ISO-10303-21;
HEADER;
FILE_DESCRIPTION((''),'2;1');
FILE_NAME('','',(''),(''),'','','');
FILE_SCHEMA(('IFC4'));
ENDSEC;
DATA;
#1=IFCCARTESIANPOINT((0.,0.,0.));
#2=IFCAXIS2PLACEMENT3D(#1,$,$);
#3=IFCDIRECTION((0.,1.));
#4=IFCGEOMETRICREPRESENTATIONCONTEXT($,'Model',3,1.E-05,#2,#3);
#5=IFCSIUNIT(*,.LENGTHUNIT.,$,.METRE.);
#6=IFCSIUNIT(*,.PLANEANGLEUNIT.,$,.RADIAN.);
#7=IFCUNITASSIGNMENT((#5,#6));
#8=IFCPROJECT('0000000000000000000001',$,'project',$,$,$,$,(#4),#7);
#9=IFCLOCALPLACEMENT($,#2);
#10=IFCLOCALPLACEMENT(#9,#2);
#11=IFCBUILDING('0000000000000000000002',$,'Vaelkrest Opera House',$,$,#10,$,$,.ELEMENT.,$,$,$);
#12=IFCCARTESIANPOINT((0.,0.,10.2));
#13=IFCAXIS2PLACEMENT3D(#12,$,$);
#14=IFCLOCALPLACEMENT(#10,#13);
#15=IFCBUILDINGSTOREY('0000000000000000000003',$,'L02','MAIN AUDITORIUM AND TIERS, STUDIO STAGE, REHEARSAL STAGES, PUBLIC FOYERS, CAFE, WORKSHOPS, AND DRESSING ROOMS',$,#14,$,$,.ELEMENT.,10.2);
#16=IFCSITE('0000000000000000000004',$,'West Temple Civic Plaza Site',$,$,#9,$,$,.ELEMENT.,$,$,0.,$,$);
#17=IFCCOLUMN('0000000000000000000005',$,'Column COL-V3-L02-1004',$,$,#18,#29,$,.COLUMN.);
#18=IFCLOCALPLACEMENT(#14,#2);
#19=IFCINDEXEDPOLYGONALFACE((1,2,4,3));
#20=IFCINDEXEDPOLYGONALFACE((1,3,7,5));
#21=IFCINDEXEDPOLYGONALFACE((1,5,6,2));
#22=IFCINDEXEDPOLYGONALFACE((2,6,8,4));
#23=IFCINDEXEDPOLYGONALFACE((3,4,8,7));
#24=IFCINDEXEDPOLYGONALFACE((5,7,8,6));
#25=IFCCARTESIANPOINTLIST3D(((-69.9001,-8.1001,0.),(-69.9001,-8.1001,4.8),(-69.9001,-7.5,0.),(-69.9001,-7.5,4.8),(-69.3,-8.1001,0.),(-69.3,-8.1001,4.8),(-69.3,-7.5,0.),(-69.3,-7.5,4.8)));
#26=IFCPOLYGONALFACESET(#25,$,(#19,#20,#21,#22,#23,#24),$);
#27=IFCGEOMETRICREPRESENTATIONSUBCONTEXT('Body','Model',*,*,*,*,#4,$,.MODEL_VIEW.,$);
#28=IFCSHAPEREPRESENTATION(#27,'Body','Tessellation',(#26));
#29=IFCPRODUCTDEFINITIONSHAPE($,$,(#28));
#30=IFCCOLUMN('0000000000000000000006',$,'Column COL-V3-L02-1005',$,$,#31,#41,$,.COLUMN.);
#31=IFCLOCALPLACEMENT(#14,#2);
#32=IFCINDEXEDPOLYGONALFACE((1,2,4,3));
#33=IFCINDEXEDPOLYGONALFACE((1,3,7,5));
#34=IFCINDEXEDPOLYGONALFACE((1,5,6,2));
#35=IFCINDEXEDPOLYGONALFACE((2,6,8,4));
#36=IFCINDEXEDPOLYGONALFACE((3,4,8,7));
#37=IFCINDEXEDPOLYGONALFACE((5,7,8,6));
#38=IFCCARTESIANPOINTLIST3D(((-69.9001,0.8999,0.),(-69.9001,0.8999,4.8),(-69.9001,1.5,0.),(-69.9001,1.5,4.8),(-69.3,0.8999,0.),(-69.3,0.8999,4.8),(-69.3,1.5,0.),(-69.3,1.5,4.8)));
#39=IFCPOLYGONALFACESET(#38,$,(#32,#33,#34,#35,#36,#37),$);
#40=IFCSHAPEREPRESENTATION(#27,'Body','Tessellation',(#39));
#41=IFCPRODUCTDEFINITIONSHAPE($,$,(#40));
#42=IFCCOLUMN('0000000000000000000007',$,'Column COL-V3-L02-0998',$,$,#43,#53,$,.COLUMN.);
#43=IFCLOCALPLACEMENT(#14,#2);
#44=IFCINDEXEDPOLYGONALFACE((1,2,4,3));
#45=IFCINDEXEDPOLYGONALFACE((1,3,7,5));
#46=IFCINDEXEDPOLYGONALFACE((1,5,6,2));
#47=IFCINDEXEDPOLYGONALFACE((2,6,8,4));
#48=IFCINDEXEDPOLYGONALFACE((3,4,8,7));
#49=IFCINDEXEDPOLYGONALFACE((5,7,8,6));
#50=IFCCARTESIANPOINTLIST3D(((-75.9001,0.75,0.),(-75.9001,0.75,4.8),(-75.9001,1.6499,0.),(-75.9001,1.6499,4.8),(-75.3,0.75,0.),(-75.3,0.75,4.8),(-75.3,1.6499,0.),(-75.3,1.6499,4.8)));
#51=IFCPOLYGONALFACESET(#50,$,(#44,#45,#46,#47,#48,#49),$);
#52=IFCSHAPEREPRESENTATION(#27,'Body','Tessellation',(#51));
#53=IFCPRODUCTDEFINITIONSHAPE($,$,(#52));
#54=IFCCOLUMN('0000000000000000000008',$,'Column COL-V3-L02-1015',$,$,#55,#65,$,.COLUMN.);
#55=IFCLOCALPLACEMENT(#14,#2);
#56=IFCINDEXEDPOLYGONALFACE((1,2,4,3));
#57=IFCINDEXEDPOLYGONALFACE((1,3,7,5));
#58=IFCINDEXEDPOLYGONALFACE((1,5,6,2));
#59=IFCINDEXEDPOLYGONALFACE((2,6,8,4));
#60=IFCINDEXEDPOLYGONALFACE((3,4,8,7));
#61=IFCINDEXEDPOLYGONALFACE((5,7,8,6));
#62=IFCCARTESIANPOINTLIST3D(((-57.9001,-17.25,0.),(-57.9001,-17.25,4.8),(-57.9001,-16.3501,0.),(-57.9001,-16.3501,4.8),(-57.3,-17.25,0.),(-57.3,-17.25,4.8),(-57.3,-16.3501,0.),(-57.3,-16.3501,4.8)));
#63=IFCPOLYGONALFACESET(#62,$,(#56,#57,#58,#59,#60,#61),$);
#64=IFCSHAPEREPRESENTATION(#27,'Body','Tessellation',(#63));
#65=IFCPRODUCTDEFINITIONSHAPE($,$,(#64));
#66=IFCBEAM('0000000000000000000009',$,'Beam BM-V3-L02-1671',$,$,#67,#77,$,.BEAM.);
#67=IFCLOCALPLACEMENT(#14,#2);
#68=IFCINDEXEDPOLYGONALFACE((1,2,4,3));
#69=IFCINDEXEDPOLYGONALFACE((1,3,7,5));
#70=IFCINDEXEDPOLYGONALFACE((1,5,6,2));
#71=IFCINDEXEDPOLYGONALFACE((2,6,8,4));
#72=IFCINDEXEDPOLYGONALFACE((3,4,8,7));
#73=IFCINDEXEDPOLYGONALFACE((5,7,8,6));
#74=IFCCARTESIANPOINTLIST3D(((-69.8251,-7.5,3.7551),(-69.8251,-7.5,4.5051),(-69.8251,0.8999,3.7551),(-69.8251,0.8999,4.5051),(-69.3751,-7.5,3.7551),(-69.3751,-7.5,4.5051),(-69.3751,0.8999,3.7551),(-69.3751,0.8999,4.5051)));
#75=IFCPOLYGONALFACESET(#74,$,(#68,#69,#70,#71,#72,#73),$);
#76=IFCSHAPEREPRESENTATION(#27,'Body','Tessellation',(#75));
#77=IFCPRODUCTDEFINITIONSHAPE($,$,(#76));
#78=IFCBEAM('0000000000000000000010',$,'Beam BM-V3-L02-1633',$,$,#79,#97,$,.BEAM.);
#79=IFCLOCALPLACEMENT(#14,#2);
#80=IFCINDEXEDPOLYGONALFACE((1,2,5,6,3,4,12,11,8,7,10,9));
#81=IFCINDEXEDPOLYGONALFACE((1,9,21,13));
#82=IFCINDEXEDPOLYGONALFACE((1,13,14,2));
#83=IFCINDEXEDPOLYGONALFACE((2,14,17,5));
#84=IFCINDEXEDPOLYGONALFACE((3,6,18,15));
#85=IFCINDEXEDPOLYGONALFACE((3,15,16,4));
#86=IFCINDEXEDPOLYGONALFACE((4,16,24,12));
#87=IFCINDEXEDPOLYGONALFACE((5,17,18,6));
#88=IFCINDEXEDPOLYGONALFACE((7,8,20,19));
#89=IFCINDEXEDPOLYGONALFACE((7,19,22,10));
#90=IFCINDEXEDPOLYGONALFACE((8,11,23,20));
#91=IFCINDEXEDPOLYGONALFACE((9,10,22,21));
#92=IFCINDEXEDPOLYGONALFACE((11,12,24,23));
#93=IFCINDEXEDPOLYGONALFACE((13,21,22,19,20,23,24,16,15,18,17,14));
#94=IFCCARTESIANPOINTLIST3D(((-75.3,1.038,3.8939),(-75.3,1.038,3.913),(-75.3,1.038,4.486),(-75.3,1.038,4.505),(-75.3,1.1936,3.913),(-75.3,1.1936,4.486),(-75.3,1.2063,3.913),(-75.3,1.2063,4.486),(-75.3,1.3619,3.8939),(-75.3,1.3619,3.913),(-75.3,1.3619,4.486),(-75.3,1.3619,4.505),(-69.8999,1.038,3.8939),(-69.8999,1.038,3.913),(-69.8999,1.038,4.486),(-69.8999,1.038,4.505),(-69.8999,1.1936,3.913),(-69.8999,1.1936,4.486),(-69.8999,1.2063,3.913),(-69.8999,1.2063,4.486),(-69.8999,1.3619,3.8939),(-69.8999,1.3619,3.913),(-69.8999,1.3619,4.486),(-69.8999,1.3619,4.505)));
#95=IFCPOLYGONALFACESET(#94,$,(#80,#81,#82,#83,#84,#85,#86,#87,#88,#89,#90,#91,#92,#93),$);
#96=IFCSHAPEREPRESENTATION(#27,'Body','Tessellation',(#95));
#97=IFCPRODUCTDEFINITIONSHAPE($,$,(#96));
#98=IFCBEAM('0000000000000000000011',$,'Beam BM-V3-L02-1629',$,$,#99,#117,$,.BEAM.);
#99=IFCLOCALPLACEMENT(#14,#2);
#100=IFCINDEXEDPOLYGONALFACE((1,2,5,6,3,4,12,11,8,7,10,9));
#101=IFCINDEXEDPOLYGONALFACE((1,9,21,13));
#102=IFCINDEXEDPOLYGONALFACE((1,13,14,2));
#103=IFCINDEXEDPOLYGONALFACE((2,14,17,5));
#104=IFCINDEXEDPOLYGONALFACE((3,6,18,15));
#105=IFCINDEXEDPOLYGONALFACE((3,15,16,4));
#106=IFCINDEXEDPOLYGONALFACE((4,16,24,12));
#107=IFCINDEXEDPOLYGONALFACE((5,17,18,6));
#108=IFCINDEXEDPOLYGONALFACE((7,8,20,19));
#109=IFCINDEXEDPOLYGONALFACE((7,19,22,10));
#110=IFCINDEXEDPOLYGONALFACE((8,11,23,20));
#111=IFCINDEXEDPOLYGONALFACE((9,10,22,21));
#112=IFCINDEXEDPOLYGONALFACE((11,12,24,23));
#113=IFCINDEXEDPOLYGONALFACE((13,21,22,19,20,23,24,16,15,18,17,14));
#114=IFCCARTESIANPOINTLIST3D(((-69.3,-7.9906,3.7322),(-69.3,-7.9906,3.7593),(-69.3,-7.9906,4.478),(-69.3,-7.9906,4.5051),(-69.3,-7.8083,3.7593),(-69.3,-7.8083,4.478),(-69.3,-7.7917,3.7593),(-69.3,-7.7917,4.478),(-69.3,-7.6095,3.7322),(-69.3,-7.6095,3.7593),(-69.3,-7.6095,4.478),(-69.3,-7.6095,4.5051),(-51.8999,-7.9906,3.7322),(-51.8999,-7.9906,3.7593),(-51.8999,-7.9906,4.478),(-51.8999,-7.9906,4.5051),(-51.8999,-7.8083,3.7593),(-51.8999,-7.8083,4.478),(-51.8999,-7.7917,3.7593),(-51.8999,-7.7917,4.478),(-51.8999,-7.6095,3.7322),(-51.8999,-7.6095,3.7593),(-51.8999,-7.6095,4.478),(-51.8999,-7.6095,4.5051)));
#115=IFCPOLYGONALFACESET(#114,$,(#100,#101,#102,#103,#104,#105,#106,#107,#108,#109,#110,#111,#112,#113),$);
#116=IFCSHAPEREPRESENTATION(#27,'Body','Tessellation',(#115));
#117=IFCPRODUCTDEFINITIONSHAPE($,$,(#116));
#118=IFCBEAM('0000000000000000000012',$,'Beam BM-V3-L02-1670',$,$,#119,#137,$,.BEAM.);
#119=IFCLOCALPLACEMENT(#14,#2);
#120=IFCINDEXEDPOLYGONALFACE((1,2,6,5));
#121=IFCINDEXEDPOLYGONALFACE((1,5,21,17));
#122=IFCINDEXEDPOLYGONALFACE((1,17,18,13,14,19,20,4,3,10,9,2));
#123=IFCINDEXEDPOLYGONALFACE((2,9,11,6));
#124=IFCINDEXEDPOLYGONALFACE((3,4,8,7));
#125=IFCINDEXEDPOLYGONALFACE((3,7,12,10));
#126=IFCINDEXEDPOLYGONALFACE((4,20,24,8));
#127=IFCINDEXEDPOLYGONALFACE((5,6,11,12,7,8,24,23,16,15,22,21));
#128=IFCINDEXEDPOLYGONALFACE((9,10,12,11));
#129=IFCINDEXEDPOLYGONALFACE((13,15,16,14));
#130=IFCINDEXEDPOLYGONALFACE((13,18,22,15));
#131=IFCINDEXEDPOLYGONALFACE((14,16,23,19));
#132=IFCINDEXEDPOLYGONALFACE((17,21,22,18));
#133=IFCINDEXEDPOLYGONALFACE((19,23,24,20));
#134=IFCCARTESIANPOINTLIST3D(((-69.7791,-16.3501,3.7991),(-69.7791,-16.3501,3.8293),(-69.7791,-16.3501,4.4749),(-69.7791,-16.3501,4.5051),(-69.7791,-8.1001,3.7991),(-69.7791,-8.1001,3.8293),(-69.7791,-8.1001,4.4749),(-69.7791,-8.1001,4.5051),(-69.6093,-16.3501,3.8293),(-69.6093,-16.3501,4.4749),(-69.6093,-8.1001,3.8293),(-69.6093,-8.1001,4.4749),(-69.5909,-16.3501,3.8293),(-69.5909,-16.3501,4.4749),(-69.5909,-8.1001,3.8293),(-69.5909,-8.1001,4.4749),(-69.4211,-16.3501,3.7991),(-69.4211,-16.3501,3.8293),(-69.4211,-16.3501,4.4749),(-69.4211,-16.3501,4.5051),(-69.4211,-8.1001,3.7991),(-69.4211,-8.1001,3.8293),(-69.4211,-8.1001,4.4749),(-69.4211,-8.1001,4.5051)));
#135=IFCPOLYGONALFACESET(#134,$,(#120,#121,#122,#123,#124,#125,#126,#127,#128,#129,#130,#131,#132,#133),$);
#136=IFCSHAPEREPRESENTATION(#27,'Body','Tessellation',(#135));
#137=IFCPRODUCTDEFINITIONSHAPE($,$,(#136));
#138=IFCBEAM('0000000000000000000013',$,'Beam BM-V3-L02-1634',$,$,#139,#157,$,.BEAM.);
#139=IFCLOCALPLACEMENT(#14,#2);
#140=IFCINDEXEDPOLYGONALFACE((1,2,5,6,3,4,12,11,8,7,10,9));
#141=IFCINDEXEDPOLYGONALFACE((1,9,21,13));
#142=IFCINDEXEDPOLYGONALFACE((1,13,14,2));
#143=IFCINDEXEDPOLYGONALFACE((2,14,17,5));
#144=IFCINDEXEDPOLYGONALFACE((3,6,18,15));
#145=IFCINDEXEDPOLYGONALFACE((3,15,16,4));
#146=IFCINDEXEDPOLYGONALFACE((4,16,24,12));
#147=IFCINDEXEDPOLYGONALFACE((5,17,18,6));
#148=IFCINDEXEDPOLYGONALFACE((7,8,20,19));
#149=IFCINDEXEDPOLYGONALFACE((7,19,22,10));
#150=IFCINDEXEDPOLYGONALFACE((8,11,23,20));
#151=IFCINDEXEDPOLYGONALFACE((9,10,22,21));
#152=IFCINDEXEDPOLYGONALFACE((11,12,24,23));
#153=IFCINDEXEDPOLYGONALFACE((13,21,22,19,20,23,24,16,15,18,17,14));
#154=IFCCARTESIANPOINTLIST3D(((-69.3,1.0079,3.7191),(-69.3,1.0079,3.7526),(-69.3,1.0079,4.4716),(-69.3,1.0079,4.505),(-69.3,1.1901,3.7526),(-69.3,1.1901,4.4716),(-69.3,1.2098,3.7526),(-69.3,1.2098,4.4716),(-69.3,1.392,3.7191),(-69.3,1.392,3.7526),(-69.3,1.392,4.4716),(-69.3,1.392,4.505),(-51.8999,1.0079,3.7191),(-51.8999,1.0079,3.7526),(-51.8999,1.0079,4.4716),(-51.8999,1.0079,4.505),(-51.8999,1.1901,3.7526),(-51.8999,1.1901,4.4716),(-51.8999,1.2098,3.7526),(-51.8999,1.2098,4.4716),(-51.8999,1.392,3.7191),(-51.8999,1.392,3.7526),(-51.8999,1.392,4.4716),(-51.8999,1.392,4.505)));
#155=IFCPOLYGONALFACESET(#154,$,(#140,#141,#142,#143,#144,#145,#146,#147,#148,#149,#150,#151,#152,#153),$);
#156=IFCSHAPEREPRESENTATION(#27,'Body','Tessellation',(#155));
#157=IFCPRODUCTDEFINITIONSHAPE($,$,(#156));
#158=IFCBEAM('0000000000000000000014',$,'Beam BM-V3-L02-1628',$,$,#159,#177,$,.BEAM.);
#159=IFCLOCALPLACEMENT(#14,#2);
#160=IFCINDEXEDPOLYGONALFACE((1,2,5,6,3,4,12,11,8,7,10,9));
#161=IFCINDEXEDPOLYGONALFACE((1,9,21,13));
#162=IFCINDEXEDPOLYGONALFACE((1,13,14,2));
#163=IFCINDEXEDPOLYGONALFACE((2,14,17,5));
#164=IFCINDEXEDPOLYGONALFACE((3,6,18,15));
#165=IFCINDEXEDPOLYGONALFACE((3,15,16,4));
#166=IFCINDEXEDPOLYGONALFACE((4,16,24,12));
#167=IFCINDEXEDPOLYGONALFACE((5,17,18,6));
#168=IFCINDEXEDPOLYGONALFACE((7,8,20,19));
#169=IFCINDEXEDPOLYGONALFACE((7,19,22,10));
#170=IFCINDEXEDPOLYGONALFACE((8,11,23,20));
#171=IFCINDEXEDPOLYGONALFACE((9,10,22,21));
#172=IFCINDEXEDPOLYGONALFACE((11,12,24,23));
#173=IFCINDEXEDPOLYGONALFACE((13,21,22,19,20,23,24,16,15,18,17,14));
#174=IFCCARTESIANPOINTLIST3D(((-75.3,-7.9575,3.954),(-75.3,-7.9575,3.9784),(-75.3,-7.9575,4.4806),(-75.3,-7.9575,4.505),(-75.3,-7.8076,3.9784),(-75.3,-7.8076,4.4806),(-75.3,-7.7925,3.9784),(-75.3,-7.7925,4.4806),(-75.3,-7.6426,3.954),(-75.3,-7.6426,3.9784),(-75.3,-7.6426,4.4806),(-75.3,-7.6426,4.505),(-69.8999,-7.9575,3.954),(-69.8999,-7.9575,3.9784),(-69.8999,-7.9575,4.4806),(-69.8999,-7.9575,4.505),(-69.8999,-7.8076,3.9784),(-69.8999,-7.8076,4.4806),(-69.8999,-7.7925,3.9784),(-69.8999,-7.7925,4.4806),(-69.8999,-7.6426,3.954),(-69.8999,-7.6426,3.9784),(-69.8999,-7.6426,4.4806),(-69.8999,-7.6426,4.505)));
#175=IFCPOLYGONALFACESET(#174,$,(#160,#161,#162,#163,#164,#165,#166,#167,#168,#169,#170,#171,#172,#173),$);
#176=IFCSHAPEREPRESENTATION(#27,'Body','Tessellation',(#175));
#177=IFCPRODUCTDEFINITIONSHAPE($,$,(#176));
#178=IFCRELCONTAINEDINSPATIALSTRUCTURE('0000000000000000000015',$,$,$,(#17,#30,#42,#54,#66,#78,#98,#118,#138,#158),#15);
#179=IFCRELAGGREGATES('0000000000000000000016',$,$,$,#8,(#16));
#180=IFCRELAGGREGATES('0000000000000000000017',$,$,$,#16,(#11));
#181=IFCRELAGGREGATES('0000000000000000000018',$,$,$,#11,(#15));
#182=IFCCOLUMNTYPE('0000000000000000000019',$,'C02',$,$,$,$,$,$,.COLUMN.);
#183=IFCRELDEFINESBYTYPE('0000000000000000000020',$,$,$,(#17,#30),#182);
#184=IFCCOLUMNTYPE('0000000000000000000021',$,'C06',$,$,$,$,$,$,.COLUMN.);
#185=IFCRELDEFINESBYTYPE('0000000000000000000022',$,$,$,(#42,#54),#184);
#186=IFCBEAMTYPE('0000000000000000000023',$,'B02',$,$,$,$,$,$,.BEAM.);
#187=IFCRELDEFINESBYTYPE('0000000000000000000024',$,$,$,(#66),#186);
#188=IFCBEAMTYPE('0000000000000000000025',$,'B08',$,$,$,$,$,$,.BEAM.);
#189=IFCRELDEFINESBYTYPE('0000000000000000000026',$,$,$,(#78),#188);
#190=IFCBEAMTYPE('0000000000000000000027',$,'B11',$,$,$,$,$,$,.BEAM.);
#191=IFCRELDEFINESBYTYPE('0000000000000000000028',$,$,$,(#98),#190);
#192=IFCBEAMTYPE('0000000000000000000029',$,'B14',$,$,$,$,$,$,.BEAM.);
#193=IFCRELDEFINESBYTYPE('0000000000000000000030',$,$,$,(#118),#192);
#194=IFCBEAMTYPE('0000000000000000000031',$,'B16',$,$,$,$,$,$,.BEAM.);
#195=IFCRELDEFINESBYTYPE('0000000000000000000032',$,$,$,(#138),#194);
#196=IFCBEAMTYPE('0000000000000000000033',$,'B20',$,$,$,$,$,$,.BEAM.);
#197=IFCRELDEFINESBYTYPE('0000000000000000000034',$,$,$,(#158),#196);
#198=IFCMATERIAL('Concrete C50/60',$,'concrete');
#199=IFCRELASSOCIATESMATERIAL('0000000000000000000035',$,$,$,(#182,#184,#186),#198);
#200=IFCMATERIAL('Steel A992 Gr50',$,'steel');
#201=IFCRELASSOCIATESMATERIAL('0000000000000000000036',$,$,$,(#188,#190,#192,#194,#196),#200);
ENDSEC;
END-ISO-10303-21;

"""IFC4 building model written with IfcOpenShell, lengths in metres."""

from ifc_helpers import new_model, si_unit, direction, frame, origin, origin_2d, place, context, subcontext, project, spatial, rectangle, i_section, extrude, material, material_profile, profile_set, type_object, element, save


model = new_model("IFC4")

# Units and contexts
model_context = context("Model", 3, precision=1e-05, world=origin(), true_north=direction((0.0, 1.0)))
body_context = subcontext(model_context, "Body", "Model", "MODEL_VIEW")
ifc_project = project(units=[si_unit("LENGTHUNIT", "METRE"), si_unit("PLANEANGLEUNIT", "RADIAN")], contexts=[model_context])

# Site, building, storey
site_placement = place(None, origin())
site = spatial("IfcSite", under=ifc_project, at=site_placement, Name="West Temple Civic Plaza Site", CompositionType="ELEMENT", RefElevation=0.0)
building_placement = place(site_placement, origin())
building = spatial("IfcBuilding", under=site, at=building_placement, Name="Vaelkrest Opera House", CompositionType="ELEMENT")
storey_placement = place(building_placement, frame((0.0, 0.0, 10.2)))
storey = spatial("IfcBuildingStorey", under=building, at=storey_placement, Name="L02", Description="MAIN AUDITORIUM AND TIERS, STUDIO STAGE, REHEARSAL STAGES, PUBLIC FOYERS, CAFE, WORKSHOPS, AND DRESSING ROOMS", CompositionType="ELEMENT", Elevation=10.2)

# Columns
ifc_material_1 = material(Name="Concrete C50/60", Category="concrete")
ifc_material_profile_1 = material_profile(ifc_material_1, rectangle(XDim=0.6001, YDim=0.6001, at=origin_2d()), Name="RC600X600")
ifc_profile_set_1 = profile_set([ifc_material_profile_1], Name="Concrete C50/60")
column_type_1 = type_object("IfcColumnType", Name="C02", PredefinedType="COLUMN", material=ifc_profile_set_1)
for number, where, z_axis, x_axis, name in (
    (1, (-69.6001, -7.8, 0.0), (0.0, 0.0, 1.0), (1.0, 0.0, 0.0), "Column COL-V3-L02-1004"),
    (2, (-69.6001, 1.2, 0.0), (0.0, 0.0, 1.0), (1.0, 0.0, 0.0), "Column COL-V3-L02-1005"),
):
    element("IfcColumn", number, at=place(storey_placement, frame(where, z_axis=z_axis, x_axis=x_axis)), inside=storey, type_object=column_type_1, Name=name, PredefinedType="COLUMN", context=body_context, shape_type="SweptSolid", body=[
        extrude(rectangle(XDim=0.6001, YDim=0.6001, at=origin_2d()), origin(), (0.0, 0.0, 1.0), 4.8),
    ])
ifc_material_profile_2 = material_profile(ifc_material_1, rectangle(XDim=0.6001, YDim=0.8999, at=origin_2d()), Name="RC600X900")
ifc_profile_set_2 = profile_set([ifc_material_profile_2], Name="Concrete C50/60")
column_type_2 = type_object("IfcColumnType", Name="C06", PredefinedType="COLUMN", material=ifc_profile_set_2)
for number, where, z_axis, x_axis, name in (
    (3, (-75.6001, 1.2, 0.0), (0.0, 0.0, 1.0), (1.0, 0.0, 0.0), "Column COL-V3-L02-0998"),
    (4, (-57.6001, -16.8, 0.0), (0.0, 0.0, 1.0), (1.0, 0.0, 0.0), "Column COL-V3-L02-1015"),
):
    element("IfcColumn", number, at=place(storey_placement, frame(where, z_axis=z_axis, x_axis=x_axis)), inside=storey, type_object=column_type_2, Name=name, PredefinedType="COLUMN", context=body_context, shape_type="SweptSolid", body=[
        extrude(rectangle(XDim=0.6001, YDim=0.8999, at=origin_2d()), origin(), (0.0, 0.0, 1.0), 4.8),
    ])

# Beams
ifc_material_profile_3 = material_profile(ifc_material_1, rectangle(XDim=0.45, YDim=0.75, at=origin_2d()), Name="RCB450X750")
ifc_profile_set_3 = profile_set([ifc_material_profile_3], Name="Concrete C50/60")
beam_type_1 = type_object("IfcBeamType", Name="B02", PredefinedType="BEAM", material=ifc_profile_set_3)
beam_1_placement = place(storey_placement, frame((-69.6001, -7.5, 4.1301), z_axis=(0.0, 1.0, 0.0), x_axis=(-1.0, 0.0, 0.0)))
element("IfcBeam", 5, at=beam_1_placement, inside=storey, type_object=beam_type_1, Name="Beam BM-V3-L02-1671", PredefinedType="BEAM", context=body_context, shape_type="SweptSolid", body=[
    extrude(rectangle(XDim=0.45, YDim=0.75, at=origin_2d()), origin(), (0.0, 0.0, 1.0), 8.3999),
])
ifc_material_2 = material(Name="Steel A992 Gr50", Category="steel")
ifc_material_profile_4 = material_profile(ifc_material_2, i_section(OverallWidth=0.324, OverallDepth=0.6111, WebThickness=0.0127, FlangeThickness=0.019, at=origin_2d()), Name="W24X104")
ifc_profile_set_4 = profile_set([ifc_material_profile_4], Name="Steel A992 Gr50")
beam_type_2 = type_object("IfcBeamType", Name="B08", PredefinedType="BEAM", material=ifc_profile_set_4)
beam_2_placement = place(storey_placement, frame((-75.3, 1.2, 4.1995), z_axis=(1.0, 0.0, 0.0), x_axis=(0.0, 1.0, 0.0)))
element("IfcBeam", 6, at=beam_2_placement, inside=storey, type_object=beam_type_2, Name="Beam BM-V3-L02-1633", PredefinedType="BEAM", context=body_context, shape_type="SweptSolid", body=[
    extrude(i_section(OverallWidth=0.324, OverallDepth=0.6111, WebThickness=0.0127, FlangeThickness=0.019, at=origin_2d()), origin(), (0.0, 0.0, 1.0), 5.4001),
])
ifc_material_profile_5 = material_profile(ifc_material_2, i_section(OverallWidth=0.3811, OverallDepth=0.7729, WebThickness=0.0166, FlangeThickness=0.0271, at=origin_2d()), Name="W30X173")
ifc_profile_set_5 = profile_set([ifc_material_profile_5], Name="Steel A992 Gr50")
beam_type_3 = type_object("IfcBeamType", Name="B11", PredefinedType="BEAM", material=ifc_profile_set_5)
beam_3_placement = place(storey_placement, frame((-69.3, -7.8, 4.1187), z_axis=(1.0, 0.0, 0.0), x_axis=(0.0, 1.0, 0.0)))
element("IfcBeam", 7, at=beam_3_placement, inside=storey, type_object=beam_type_3, Name="Beam BM-V3-L02-1629", PredefinedType="BEAM", context=body_context, shape_type="SweptSolid", body=[
    extrude(i_section(OverallWidth=0.3811, OverallDepth=0.7729, WebThickness=0.0166, FlangeThickness=0.0271, at=origin_2d()), origin(), (0.0, 0.0, 1.0), 17.4001),
])
ifc_material_profile_6 = material_profile(ifc_material_2, i_section(OverallWidth=0.3579, OverallDepth=0.7061, WebThickness=0.0183, FlangeThickness=0.0303, at=origin_2d()), Name="W27X178")
ifc_profile_set_6 = profile_set([ifc_material_profile_6], Name="Steel A992 Gr50")
beam_type_4 = type_object("IfcBeamType", Name="B14", PredefinedType="BEAM", material=ifc_profile_set_6)
beam_4_placement = place(storey_placement, frame((-69.6001, -16.3501, 4.1521), z_axis=(0.0, 1.0, 0.0), x_axis=(-1.0, 0.0, 0.0)))
element("IfcBeam", 8, at=beam_4_placement, inside=storey, type_object=beam_type_4, Name="Beam BM-V3-L02-1670", PredefinedType="BEAM", context=body_context, shape_type="SweptSolid", body=[
    extrude(i_section(OverallWidth=0.3579, OverallDepth=0.7061, WebThickness=0.0183, FlangeThickness=0.0303, at=origin_2d()), origin(), (0.0, 0.0, 1.0), 8.25),
])
ifc_material_profile_7 = material_profile(ifc_material_2, i_section(OverallWidth=0.384, OverallDepth=0.7859, WebThickness=0.0198, FlangeThickness=0.0334, at=origin_2d()), Name="W30X211")
ifc_profile_set_7 = profile_set([ifc_material_profile_7], Name="Steel A992 Gr50")
beam_type_5 = type_object("IfcBeamType", Name="B16", PredefinedType="BEAM", material=ifc_profile_set_7)
beam_5_placement = place(storey_placement, frame((-69.3, 1.2, 4.1121), z_axis=(1.0, 0.0, 0.0), x_axis=(0.0, 1.0, 0.0)))
element("IfcBeam", 9, at=beam_5_placement, inside=storey, type_object=beam_type_5, Name="Beam BM-V3-L02-1634", PredefinedType="BEAM", context=body_context, shape_type="SweptSolid", body=[
    extrude(i_section(OverallWidth=0.384, OverallDepth=0.7859, WebThickness=0.0198, FlangeThickness=0.0334, at=origin_2d()), origin(), (0.0, 0.0, 1.0), 17.4001),
])
ifc_material_profile_8 = material_profile(ifc_material_2, i_section(OverallWidth=0.3149, OverallDepth=0.551, WebThickness=0.0151, FlangeThickness=0.0244, at=origin_2d()), Name="W21X122")
ifc_profile_set_8 = profile_set([ifc_material_profile_8], Name="Steel A992 Gr50")
beam_type_6 = type_object("IfcBeamType", Name="B20", PredefinedType="BEAM", material=ifc_profile_set_8)
beam_6_placement = place(storey_placement, frame((-75.3, -7.8, 4.2295), z_axis=(1.0, 0.0, 0.0), x_axis=(0.0, 1.0, 0.0)))
element("IfcBeam", 10, at=beam_6_placement, inside=storey, type_object=beam_type_6, Name="Beam BM-V3-L02-1628", PredefinedType="BEAM", context=body_context, shape_type="SweptSolid", body=[
    extrude(i_section(OverallWidth=0.3149, OverallDepth=0.551, WebThickness=0.0151, FlangeThickness=0.0244, at=origin_2d()), origin(), (0.0, 0.0, 1.0), 5.4001),
])

save(model, "model.ifc")
